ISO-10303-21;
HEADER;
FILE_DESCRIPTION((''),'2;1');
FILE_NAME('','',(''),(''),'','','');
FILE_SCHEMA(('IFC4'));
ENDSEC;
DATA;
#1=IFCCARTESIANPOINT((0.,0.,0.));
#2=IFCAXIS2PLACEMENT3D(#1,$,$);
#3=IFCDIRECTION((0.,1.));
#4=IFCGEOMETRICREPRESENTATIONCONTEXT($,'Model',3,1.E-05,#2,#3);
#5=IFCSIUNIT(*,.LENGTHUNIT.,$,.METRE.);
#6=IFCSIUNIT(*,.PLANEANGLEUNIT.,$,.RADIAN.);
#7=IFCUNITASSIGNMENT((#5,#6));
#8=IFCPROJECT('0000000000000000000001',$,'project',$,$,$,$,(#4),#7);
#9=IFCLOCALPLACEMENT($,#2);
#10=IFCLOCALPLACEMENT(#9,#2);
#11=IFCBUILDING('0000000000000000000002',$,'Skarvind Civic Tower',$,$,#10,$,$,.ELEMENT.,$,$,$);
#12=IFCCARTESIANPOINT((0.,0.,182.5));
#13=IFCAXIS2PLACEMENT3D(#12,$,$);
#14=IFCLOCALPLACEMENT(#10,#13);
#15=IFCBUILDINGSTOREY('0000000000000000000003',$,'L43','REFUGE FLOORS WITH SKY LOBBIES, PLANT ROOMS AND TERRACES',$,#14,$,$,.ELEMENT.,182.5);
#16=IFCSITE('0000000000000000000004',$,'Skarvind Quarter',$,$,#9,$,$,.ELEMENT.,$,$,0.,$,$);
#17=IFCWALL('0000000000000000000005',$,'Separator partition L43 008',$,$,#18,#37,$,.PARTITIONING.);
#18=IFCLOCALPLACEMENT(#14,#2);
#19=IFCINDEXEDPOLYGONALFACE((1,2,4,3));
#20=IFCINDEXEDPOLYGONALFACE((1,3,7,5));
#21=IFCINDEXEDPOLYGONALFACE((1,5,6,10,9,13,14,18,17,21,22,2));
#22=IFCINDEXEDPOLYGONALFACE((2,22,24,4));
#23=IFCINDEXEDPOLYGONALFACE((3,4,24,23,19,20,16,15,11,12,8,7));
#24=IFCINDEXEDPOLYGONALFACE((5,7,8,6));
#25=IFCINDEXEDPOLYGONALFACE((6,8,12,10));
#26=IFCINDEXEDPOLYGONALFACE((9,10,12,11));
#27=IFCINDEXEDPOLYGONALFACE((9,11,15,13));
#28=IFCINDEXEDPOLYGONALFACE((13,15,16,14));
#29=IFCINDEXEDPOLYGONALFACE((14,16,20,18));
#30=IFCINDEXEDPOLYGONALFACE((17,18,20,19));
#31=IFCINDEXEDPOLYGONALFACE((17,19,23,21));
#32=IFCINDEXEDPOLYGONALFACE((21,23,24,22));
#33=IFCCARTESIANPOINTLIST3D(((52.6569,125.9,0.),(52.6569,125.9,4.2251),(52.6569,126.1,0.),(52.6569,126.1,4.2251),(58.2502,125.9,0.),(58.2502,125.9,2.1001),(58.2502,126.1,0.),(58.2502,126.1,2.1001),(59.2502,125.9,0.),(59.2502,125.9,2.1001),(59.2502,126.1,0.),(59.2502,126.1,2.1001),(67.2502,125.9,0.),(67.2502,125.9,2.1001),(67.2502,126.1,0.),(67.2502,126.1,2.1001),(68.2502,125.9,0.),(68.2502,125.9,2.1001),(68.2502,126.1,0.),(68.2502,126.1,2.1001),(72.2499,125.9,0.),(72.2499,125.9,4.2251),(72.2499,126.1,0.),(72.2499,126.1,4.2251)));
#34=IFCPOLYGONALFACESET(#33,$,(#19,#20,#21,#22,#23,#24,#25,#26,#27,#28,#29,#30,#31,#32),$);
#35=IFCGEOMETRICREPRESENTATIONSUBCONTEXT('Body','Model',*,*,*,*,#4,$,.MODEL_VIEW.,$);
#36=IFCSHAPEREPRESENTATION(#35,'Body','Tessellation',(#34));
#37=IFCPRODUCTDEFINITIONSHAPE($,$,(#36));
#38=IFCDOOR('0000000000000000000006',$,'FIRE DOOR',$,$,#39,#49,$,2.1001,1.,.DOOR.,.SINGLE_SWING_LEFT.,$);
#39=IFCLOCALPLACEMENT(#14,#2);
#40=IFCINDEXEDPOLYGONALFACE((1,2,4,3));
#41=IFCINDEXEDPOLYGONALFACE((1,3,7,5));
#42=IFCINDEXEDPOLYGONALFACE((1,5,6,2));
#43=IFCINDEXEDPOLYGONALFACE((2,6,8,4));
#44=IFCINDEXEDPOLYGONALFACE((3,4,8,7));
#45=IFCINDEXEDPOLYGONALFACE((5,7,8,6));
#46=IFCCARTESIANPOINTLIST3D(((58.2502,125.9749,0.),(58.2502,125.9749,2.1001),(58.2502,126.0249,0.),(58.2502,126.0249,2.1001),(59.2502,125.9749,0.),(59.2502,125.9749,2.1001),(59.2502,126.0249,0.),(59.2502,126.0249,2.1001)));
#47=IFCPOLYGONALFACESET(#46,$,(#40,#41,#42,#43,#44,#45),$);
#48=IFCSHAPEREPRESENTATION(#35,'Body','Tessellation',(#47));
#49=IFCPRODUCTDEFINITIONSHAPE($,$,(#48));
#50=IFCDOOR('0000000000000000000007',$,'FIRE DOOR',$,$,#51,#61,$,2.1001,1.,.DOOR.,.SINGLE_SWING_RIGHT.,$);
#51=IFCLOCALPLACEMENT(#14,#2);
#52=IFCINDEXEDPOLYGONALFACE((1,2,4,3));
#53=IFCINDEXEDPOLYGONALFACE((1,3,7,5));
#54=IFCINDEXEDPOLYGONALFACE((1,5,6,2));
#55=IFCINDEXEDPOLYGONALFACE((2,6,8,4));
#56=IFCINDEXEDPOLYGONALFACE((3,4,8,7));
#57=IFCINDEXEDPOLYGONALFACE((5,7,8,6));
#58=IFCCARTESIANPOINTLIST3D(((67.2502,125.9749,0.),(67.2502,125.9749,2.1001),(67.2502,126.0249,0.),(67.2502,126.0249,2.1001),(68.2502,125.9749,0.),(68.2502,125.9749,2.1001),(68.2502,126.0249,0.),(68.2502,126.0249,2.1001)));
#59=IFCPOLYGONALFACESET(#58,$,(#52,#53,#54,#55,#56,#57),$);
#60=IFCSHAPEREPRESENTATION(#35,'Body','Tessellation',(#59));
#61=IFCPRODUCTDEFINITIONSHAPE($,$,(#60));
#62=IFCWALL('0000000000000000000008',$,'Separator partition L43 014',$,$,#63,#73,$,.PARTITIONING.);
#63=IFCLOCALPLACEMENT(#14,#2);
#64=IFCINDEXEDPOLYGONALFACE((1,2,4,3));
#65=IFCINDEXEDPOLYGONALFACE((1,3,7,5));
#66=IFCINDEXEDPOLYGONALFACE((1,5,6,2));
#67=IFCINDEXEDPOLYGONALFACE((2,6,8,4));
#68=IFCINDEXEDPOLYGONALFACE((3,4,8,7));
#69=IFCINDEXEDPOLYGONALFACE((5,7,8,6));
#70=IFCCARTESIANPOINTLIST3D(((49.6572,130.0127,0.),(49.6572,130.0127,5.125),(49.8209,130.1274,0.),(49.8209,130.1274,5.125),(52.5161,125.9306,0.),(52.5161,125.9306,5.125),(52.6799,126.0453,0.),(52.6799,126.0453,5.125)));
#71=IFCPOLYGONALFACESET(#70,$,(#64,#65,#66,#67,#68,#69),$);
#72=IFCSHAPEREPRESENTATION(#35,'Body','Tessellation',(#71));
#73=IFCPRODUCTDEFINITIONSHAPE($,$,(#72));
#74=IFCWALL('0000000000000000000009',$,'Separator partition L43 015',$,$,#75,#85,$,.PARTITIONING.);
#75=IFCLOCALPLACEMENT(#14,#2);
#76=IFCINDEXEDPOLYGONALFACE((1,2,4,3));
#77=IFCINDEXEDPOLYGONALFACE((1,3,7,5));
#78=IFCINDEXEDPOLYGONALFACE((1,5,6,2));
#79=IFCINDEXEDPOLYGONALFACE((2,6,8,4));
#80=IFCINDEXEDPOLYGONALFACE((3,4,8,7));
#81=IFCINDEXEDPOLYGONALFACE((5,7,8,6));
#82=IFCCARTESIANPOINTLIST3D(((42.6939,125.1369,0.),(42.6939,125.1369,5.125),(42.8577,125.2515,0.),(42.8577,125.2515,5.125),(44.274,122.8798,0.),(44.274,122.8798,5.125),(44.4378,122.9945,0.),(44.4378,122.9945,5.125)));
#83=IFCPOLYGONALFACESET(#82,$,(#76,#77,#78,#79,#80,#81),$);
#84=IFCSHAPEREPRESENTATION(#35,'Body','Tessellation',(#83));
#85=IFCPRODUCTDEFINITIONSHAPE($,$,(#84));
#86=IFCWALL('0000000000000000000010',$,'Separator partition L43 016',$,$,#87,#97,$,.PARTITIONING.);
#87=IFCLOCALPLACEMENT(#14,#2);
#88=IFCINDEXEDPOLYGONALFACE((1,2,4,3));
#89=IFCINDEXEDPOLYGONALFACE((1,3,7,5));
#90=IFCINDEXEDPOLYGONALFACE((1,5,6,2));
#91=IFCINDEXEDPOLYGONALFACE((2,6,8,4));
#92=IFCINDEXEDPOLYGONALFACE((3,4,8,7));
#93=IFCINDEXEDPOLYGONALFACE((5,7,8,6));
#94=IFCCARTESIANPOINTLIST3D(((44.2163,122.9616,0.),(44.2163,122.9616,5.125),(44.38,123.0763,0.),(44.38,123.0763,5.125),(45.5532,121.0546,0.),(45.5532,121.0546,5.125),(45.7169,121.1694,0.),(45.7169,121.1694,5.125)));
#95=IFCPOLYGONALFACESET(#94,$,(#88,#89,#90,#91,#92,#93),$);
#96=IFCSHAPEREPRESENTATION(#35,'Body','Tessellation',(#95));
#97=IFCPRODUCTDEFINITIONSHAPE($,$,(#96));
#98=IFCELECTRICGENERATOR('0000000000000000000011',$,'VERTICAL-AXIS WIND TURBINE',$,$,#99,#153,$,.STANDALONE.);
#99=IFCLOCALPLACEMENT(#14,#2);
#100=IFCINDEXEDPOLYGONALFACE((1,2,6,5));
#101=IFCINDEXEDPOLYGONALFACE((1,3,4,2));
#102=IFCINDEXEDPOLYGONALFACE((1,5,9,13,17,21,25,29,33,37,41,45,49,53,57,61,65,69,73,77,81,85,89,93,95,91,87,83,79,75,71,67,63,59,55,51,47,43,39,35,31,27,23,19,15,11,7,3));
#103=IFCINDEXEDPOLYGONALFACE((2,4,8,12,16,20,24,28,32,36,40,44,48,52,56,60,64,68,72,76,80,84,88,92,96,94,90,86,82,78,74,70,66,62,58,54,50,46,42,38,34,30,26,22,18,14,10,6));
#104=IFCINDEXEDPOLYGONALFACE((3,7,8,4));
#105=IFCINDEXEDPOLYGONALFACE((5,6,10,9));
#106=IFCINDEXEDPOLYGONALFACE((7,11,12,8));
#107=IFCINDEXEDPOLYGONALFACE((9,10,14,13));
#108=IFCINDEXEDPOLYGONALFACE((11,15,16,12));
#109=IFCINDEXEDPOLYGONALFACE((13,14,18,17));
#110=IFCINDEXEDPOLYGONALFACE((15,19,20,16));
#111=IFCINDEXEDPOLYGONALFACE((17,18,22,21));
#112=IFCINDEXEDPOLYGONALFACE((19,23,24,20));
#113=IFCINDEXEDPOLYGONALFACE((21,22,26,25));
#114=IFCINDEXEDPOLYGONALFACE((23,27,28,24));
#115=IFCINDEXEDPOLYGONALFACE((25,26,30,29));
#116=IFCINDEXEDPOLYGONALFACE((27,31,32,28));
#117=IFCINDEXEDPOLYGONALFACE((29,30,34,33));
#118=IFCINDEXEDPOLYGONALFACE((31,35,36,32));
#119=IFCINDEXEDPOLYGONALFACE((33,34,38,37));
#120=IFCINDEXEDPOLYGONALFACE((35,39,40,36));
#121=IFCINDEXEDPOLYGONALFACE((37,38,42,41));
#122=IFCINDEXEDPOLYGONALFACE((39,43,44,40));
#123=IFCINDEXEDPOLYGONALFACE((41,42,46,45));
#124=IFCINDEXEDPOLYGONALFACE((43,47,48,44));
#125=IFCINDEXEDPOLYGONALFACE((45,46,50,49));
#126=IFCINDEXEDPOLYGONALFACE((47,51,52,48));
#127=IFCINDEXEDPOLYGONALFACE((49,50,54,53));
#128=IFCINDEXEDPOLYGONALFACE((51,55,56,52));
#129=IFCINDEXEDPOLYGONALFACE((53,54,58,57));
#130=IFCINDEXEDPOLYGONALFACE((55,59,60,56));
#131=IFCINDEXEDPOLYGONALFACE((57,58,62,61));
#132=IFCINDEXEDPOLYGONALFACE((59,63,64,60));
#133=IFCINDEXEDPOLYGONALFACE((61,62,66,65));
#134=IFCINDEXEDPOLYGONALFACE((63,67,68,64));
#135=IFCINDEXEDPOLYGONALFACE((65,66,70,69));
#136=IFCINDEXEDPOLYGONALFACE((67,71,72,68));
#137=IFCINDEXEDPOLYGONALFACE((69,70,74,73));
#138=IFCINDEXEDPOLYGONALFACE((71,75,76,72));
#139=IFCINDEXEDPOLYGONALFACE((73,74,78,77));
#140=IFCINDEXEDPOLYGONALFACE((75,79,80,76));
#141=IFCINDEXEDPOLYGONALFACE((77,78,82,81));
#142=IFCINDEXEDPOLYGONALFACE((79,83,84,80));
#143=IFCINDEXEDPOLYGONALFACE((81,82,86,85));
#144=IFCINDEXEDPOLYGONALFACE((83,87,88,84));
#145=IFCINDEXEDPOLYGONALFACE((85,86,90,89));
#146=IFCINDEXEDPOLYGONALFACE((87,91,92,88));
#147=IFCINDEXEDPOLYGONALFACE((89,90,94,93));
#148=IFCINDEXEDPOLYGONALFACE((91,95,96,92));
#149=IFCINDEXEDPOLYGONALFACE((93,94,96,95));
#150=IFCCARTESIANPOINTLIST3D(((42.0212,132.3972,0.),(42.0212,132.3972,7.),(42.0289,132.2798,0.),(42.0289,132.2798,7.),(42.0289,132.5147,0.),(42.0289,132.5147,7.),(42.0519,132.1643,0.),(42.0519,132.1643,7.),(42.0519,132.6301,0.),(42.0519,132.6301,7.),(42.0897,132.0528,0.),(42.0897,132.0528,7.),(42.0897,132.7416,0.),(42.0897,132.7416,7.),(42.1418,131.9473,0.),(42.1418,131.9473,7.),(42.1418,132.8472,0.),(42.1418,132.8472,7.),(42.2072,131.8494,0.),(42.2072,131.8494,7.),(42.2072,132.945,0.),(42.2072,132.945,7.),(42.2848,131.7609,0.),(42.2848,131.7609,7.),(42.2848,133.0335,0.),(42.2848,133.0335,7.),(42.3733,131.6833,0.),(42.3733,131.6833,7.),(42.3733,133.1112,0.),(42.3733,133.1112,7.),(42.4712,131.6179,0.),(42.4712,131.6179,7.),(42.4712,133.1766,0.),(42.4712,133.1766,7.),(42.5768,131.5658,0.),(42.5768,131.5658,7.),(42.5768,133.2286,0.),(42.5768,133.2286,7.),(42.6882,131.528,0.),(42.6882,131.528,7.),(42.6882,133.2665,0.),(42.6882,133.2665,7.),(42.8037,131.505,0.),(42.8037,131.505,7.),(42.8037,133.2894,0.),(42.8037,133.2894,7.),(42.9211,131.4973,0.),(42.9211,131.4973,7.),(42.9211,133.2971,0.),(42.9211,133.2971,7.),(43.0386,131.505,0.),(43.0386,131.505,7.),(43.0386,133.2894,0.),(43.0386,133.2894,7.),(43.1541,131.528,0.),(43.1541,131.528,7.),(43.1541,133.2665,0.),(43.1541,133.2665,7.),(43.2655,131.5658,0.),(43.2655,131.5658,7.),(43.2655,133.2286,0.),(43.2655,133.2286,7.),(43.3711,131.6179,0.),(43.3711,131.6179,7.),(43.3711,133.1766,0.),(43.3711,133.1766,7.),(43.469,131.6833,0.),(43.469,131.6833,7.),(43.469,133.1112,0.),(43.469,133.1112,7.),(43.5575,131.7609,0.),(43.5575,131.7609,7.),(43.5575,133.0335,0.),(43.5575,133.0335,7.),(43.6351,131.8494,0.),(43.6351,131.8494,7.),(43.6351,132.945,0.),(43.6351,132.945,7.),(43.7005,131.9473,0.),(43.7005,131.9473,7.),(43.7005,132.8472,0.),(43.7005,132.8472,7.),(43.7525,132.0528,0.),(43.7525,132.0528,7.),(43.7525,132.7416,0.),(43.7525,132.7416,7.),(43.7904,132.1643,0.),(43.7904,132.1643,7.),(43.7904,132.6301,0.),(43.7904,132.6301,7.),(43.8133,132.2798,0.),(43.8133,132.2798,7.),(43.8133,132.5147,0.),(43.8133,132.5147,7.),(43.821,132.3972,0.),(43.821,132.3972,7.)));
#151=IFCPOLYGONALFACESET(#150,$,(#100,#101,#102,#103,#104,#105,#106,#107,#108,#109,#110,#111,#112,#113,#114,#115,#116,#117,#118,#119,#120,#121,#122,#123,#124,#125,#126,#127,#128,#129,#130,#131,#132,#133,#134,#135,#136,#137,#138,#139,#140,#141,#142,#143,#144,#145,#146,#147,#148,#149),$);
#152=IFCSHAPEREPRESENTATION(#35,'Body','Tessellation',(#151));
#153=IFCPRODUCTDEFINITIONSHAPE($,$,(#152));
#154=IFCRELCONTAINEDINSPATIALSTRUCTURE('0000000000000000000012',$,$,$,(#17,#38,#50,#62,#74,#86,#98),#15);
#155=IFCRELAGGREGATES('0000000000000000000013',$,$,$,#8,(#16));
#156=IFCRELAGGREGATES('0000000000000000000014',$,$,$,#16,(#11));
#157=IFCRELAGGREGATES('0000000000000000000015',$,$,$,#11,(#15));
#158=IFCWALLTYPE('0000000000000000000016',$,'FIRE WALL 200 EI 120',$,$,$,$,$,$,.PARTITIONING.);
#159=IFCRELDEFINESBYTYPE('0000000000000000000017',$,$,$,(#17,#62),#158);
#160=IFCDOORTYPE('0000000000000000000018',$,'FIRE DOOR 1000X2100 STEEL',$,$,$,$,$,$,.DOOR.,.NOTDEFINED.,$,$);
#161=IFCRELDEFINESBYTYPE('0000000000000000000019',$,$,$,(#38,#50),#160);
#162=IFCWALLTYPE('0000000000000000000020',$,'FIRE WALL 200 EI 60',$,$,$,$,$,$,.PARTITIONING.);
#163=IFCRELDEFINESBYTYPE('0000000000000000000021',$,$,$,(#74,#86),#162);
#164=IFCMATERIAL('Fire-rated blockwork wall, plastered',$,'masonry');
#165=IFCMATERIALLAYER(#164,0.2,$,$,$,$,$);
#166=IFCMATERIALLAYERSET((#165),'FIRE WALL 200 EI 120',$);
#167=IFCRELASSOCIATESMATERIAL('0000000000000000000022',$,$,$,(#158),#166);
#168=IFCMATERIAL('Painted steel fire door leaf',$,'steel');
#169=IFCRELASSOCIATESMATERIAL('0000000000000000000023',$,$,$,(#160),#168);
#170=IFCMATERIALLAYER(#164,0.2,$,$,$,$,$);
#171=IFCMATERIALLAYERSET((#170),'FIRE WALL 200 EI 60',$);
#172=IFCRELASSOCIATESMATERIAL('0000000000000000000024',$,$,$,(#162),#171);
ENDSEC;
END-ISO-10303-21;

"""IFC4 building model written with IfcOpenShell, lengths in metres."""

from ifc_helpers import new_model, si_unit, direction, frame, frame_2d, origin, origin_2d, place, context, subcontext, project, spatial, rectangle, circle, extrude, material, layer, layer_set, type_object, element, fill, save


model = new_model("IFC4")

# Units and contexts
model_context = context("Model", 3, precision=1e-05, world=origin(), true_north=direction((0.0, 1.0)))
body_context = subcontext(model_context, "Body", "Model", "MODEL_VIEW")
ifc_project = project(units=[si_unit("LENGTHUNIT", "METRE"), si_unit("PLANEANGLEUNIT", "RADIAN")], contexts=[model_context])

# Site, building, storey
site_placement = place(None, origin())
site = spatial("IfcSite", under=ifc_project, at=site_placement, Name="Skarvind Quarter", CompositionType="ELEMENT", RefElevation=0.0)
building_placement = place(site_placement, origin())
building = spatial("IfcBuilding", under=site, at=building_placement, Name="Skarvind Civic Tower", CompositionType="ELEMENT")
storey_placement = place(building_placement, frame((0.0, 0.0, 182.5)))
storey = spatial("IfcBuildingStorey", under=building, at=storey_placement, Name="L43", Description="REFUGE FLOORS WITH SKY LOBBIES, PLANT ROOMS AND TERRACES", CompositionType="ELEMENT", Elevation=182.5)

# Shared definitions
ifc_material_1 = material(Name="Fire-rated blockwork wall, plastered", Category="masonry")
ifc_layer_1 = layer(ifc_material_1, 0.2)
ifc_layer_set_1 = layer_set([ifc_layer_1], Name="FIRE WALL 200 EI 120")
wall_type_1 = type_object("IfcWallType", Name="FIRE WALL 200 EI 120", PredefinedType="PARTITIONING", material=ifc_layer_set_1)

# Wall, openings, doors
wall_1_placement = place(storey_placement, frame((52.657, 126.0, 0.0), z_axis=(0.0, 0.0, 1.0), x_axis=(1.0, 0.0, 0.0)))
wall_1 = element("IfcWall", 1, at=wall_1_placement, inside=storey, type_object=wall_type_1, Name="Separator partition L43 008", PredefinedType="PARTITIONING", context=body_context, shape_type="SweptSolid", body=[
    extrude(rectangle(XDim=19.593, YDim=0.2, at=frame_2d((9.7964, 0.0))), origin(), (0.0, 0.0, 1.0), 4.2251),
])
opening_1_placement = place(wall_1_placement, frame((5.5933, 0.0, 0.0)))
opening_1 = element("IfcOpeningElement", 2, at=opening_1_placement, cuts=wall_1, PredefinedType="OPENING", context=body_context, shape_type="SweptSolid", body=[
    extrude(rectangle(XDim=1.0, YDim=2.1001, at=frame_2d((0.5, 1.05))), frame((0.0, 0.1099, 0.0), z_axis=(0.0, -1.0, 0.0), x_axis=(1.0, 0.0, 0.0)), (0.0, 0.0, 1.0), 0.22),
])
opening_2_placement = place(wall_1_placement, frame((14.5933, 0.0, 0.0)))
opening_2 = element("IfcOpeningElement", 3, at=opening_2_placement, cuts=wall_1, PredefinedType="OPENING", context=body_context, shape_type="SweptSolid", body=[
    extrude(rectangle(XDim=1.0, YDim=2.1001, at=frame_2d((0.5, 1.05))), frame((0.0, 0.1099, 0.0), z_axis=(0.0, -1.0, 0.0), x_axis=(1.0, 0.0, 0.0)), (0.0, 0.0, 1.0), 0.22),
])
ifc_material_2 = material(Name="Painted steel fire door leaf", Category="steel")
door_type_1 = type_object("IfcDoorType", Name="FIRE DOOR 1000X2100 STEEL", OperationType="NOTDEFINED", PredefinedType="DOOR", material=ifc_material_2)
door_1_placement = place(opening_1_placement, origin())
door_1 = element("IfcDoor", 4, at=door_1_placement, inside=storey, type_object=door_type_1, Name="FIRE DOOR", OperationType="SINGLE_SWING_LEFT", OverallHeight=2.1001, OverallWidth=1.0, PredefinedType="DOOR", context=body_context, shape_type="SweptSolid", body=[
    extrude(rectangle(XDim=1.0, YDim=2.1001, at=frame_2d((0.5, 1.05))), frame((0.0, 0.0249, 0.0), z_axis=(0.0, -1.0, 0.0), x_axis=(1.0, 0.0, 0.0)), (0.0, 0.0, 1.0), 0.05),
])
fill(opening_1, door_1)
door_2_placement = place(opening_2_placement, origin())
door_2 = element("IfcDoor", 5, at=door_2_placement, inside=storey, type_object=door_type_1, Name="FIRE DOOR", OperationType="SINGLE_SWING_RIGHT", OverallHeight=2.1001, OverallWidth=1.0, PredefinedType="DOOR", context=body_context, shape_type="SweptSolid", body=[
    extrude(rectangle(XDim=1.0, YDim=2.1001, at=frame_2d((0.5, 1.05))), frame((0.0, 0.0249, 0.0), z_axis=(0.0, -1.0, 0.0), x_axis=(1.0, 0.0, 0.0)), (0.0, 0.0, 1.0), 0.05),
])
fill(opening_2, door_2)

# Walls
wall_2_placement = place(storey_placement, frame((52.5979, 125.988, 0.0), z_axis=(0.0, 0.0, 1.0), x_axis=(-0.57366, 0.819094, 0.0)))
element("IfcWall", 6, at=wall_2_placement, inside=storey, type_object=wall_type_1, Name="Separator partition L43 014", PredefinedType="PARTITIONING", context=body_context, shape_type="SweptSolid", body=[
    extrude(rectangle(XDim=4.9836, YDim=0.2, at=frame_2d((2.4917, 0.0))), origin(), (0.0, 0.0, 1.0), 5.125),
])
ifc_layer_2 = layer(ifc_material_1, 0.2)
ifc_layer_set_2 = layer_set([ifc_layer_2], Name="FIRE WALL 200 EI 60")
wall_type_2 = type_object("IfcWallType", Name="FIRE WALL 200 EI 60", PredefinedType="PARTITIONING", material=ifc_layer_set_2)
wall_3_placement = place(storey_placement, frame((42.7759, 125.1941, 0.0), z_axis=(0.0, 0.0, 1.0), x_axis=(0.573492, -0.819211, 0.0)))
element("IfcWall", 7, at=wall_3_placement, inside=storey, type_object=wall_type_2, Name="Separator partition L43 015", PredefinedType="PARTITIONING", context=body_context, shape_type="SweptSolid", body=[
    extrude(rectangle(XDim=2.7551, YDim=0.2, at=frame_2d((1.3774, 0.0))), origin(), (0.0, 0.0, 1.0), 5.125),
])
wall_4_placement = place(storey_placement, frame((44.2981, 123.019, 0.0), z_axis=(0.0, 0.0, 1.0), x_axis=(0.574046, -0.818823, 0.0)))
element("IfcWall", 8, at=wall_4_placement, inside=storey, type_object=wall_type_2, Name="Separator partition L43 016", PredefinedType="PARTITIONING", context=body_context, shape_type="SweptSolid", body=[
    extrude(rectangle(XDim=2.3289, YDim=0.2, at=frame_2d((1.1646, 0.0))), origin(), (0.0, 0.0, 1.0), 5.125),
])

# Electric generator
for number, where, z_axis, x_axis, name in (
    (9, (42.9211, 132.3972, 0.0), (0.0, 0.0, 1.0), (1.0, 0.0, 0.0), "VERTICAL-AXIS WIND TURBINE"),
):
    element("IfcElectricGenerator", number, at=place(storey_placement, frame(where, z_axis=z_axis, x_axis=x_axis)), inside=storey, Name=name, PredefinedType="STANDALONE", context=body_context, shape_type="SweptSolid", body=[
        extrude(circle(Radius=0.8999, at=origin_2d()), origin(), (0.0, 0.0, 1.0), 7.0),
    ])

save(model, "model.ifc")
